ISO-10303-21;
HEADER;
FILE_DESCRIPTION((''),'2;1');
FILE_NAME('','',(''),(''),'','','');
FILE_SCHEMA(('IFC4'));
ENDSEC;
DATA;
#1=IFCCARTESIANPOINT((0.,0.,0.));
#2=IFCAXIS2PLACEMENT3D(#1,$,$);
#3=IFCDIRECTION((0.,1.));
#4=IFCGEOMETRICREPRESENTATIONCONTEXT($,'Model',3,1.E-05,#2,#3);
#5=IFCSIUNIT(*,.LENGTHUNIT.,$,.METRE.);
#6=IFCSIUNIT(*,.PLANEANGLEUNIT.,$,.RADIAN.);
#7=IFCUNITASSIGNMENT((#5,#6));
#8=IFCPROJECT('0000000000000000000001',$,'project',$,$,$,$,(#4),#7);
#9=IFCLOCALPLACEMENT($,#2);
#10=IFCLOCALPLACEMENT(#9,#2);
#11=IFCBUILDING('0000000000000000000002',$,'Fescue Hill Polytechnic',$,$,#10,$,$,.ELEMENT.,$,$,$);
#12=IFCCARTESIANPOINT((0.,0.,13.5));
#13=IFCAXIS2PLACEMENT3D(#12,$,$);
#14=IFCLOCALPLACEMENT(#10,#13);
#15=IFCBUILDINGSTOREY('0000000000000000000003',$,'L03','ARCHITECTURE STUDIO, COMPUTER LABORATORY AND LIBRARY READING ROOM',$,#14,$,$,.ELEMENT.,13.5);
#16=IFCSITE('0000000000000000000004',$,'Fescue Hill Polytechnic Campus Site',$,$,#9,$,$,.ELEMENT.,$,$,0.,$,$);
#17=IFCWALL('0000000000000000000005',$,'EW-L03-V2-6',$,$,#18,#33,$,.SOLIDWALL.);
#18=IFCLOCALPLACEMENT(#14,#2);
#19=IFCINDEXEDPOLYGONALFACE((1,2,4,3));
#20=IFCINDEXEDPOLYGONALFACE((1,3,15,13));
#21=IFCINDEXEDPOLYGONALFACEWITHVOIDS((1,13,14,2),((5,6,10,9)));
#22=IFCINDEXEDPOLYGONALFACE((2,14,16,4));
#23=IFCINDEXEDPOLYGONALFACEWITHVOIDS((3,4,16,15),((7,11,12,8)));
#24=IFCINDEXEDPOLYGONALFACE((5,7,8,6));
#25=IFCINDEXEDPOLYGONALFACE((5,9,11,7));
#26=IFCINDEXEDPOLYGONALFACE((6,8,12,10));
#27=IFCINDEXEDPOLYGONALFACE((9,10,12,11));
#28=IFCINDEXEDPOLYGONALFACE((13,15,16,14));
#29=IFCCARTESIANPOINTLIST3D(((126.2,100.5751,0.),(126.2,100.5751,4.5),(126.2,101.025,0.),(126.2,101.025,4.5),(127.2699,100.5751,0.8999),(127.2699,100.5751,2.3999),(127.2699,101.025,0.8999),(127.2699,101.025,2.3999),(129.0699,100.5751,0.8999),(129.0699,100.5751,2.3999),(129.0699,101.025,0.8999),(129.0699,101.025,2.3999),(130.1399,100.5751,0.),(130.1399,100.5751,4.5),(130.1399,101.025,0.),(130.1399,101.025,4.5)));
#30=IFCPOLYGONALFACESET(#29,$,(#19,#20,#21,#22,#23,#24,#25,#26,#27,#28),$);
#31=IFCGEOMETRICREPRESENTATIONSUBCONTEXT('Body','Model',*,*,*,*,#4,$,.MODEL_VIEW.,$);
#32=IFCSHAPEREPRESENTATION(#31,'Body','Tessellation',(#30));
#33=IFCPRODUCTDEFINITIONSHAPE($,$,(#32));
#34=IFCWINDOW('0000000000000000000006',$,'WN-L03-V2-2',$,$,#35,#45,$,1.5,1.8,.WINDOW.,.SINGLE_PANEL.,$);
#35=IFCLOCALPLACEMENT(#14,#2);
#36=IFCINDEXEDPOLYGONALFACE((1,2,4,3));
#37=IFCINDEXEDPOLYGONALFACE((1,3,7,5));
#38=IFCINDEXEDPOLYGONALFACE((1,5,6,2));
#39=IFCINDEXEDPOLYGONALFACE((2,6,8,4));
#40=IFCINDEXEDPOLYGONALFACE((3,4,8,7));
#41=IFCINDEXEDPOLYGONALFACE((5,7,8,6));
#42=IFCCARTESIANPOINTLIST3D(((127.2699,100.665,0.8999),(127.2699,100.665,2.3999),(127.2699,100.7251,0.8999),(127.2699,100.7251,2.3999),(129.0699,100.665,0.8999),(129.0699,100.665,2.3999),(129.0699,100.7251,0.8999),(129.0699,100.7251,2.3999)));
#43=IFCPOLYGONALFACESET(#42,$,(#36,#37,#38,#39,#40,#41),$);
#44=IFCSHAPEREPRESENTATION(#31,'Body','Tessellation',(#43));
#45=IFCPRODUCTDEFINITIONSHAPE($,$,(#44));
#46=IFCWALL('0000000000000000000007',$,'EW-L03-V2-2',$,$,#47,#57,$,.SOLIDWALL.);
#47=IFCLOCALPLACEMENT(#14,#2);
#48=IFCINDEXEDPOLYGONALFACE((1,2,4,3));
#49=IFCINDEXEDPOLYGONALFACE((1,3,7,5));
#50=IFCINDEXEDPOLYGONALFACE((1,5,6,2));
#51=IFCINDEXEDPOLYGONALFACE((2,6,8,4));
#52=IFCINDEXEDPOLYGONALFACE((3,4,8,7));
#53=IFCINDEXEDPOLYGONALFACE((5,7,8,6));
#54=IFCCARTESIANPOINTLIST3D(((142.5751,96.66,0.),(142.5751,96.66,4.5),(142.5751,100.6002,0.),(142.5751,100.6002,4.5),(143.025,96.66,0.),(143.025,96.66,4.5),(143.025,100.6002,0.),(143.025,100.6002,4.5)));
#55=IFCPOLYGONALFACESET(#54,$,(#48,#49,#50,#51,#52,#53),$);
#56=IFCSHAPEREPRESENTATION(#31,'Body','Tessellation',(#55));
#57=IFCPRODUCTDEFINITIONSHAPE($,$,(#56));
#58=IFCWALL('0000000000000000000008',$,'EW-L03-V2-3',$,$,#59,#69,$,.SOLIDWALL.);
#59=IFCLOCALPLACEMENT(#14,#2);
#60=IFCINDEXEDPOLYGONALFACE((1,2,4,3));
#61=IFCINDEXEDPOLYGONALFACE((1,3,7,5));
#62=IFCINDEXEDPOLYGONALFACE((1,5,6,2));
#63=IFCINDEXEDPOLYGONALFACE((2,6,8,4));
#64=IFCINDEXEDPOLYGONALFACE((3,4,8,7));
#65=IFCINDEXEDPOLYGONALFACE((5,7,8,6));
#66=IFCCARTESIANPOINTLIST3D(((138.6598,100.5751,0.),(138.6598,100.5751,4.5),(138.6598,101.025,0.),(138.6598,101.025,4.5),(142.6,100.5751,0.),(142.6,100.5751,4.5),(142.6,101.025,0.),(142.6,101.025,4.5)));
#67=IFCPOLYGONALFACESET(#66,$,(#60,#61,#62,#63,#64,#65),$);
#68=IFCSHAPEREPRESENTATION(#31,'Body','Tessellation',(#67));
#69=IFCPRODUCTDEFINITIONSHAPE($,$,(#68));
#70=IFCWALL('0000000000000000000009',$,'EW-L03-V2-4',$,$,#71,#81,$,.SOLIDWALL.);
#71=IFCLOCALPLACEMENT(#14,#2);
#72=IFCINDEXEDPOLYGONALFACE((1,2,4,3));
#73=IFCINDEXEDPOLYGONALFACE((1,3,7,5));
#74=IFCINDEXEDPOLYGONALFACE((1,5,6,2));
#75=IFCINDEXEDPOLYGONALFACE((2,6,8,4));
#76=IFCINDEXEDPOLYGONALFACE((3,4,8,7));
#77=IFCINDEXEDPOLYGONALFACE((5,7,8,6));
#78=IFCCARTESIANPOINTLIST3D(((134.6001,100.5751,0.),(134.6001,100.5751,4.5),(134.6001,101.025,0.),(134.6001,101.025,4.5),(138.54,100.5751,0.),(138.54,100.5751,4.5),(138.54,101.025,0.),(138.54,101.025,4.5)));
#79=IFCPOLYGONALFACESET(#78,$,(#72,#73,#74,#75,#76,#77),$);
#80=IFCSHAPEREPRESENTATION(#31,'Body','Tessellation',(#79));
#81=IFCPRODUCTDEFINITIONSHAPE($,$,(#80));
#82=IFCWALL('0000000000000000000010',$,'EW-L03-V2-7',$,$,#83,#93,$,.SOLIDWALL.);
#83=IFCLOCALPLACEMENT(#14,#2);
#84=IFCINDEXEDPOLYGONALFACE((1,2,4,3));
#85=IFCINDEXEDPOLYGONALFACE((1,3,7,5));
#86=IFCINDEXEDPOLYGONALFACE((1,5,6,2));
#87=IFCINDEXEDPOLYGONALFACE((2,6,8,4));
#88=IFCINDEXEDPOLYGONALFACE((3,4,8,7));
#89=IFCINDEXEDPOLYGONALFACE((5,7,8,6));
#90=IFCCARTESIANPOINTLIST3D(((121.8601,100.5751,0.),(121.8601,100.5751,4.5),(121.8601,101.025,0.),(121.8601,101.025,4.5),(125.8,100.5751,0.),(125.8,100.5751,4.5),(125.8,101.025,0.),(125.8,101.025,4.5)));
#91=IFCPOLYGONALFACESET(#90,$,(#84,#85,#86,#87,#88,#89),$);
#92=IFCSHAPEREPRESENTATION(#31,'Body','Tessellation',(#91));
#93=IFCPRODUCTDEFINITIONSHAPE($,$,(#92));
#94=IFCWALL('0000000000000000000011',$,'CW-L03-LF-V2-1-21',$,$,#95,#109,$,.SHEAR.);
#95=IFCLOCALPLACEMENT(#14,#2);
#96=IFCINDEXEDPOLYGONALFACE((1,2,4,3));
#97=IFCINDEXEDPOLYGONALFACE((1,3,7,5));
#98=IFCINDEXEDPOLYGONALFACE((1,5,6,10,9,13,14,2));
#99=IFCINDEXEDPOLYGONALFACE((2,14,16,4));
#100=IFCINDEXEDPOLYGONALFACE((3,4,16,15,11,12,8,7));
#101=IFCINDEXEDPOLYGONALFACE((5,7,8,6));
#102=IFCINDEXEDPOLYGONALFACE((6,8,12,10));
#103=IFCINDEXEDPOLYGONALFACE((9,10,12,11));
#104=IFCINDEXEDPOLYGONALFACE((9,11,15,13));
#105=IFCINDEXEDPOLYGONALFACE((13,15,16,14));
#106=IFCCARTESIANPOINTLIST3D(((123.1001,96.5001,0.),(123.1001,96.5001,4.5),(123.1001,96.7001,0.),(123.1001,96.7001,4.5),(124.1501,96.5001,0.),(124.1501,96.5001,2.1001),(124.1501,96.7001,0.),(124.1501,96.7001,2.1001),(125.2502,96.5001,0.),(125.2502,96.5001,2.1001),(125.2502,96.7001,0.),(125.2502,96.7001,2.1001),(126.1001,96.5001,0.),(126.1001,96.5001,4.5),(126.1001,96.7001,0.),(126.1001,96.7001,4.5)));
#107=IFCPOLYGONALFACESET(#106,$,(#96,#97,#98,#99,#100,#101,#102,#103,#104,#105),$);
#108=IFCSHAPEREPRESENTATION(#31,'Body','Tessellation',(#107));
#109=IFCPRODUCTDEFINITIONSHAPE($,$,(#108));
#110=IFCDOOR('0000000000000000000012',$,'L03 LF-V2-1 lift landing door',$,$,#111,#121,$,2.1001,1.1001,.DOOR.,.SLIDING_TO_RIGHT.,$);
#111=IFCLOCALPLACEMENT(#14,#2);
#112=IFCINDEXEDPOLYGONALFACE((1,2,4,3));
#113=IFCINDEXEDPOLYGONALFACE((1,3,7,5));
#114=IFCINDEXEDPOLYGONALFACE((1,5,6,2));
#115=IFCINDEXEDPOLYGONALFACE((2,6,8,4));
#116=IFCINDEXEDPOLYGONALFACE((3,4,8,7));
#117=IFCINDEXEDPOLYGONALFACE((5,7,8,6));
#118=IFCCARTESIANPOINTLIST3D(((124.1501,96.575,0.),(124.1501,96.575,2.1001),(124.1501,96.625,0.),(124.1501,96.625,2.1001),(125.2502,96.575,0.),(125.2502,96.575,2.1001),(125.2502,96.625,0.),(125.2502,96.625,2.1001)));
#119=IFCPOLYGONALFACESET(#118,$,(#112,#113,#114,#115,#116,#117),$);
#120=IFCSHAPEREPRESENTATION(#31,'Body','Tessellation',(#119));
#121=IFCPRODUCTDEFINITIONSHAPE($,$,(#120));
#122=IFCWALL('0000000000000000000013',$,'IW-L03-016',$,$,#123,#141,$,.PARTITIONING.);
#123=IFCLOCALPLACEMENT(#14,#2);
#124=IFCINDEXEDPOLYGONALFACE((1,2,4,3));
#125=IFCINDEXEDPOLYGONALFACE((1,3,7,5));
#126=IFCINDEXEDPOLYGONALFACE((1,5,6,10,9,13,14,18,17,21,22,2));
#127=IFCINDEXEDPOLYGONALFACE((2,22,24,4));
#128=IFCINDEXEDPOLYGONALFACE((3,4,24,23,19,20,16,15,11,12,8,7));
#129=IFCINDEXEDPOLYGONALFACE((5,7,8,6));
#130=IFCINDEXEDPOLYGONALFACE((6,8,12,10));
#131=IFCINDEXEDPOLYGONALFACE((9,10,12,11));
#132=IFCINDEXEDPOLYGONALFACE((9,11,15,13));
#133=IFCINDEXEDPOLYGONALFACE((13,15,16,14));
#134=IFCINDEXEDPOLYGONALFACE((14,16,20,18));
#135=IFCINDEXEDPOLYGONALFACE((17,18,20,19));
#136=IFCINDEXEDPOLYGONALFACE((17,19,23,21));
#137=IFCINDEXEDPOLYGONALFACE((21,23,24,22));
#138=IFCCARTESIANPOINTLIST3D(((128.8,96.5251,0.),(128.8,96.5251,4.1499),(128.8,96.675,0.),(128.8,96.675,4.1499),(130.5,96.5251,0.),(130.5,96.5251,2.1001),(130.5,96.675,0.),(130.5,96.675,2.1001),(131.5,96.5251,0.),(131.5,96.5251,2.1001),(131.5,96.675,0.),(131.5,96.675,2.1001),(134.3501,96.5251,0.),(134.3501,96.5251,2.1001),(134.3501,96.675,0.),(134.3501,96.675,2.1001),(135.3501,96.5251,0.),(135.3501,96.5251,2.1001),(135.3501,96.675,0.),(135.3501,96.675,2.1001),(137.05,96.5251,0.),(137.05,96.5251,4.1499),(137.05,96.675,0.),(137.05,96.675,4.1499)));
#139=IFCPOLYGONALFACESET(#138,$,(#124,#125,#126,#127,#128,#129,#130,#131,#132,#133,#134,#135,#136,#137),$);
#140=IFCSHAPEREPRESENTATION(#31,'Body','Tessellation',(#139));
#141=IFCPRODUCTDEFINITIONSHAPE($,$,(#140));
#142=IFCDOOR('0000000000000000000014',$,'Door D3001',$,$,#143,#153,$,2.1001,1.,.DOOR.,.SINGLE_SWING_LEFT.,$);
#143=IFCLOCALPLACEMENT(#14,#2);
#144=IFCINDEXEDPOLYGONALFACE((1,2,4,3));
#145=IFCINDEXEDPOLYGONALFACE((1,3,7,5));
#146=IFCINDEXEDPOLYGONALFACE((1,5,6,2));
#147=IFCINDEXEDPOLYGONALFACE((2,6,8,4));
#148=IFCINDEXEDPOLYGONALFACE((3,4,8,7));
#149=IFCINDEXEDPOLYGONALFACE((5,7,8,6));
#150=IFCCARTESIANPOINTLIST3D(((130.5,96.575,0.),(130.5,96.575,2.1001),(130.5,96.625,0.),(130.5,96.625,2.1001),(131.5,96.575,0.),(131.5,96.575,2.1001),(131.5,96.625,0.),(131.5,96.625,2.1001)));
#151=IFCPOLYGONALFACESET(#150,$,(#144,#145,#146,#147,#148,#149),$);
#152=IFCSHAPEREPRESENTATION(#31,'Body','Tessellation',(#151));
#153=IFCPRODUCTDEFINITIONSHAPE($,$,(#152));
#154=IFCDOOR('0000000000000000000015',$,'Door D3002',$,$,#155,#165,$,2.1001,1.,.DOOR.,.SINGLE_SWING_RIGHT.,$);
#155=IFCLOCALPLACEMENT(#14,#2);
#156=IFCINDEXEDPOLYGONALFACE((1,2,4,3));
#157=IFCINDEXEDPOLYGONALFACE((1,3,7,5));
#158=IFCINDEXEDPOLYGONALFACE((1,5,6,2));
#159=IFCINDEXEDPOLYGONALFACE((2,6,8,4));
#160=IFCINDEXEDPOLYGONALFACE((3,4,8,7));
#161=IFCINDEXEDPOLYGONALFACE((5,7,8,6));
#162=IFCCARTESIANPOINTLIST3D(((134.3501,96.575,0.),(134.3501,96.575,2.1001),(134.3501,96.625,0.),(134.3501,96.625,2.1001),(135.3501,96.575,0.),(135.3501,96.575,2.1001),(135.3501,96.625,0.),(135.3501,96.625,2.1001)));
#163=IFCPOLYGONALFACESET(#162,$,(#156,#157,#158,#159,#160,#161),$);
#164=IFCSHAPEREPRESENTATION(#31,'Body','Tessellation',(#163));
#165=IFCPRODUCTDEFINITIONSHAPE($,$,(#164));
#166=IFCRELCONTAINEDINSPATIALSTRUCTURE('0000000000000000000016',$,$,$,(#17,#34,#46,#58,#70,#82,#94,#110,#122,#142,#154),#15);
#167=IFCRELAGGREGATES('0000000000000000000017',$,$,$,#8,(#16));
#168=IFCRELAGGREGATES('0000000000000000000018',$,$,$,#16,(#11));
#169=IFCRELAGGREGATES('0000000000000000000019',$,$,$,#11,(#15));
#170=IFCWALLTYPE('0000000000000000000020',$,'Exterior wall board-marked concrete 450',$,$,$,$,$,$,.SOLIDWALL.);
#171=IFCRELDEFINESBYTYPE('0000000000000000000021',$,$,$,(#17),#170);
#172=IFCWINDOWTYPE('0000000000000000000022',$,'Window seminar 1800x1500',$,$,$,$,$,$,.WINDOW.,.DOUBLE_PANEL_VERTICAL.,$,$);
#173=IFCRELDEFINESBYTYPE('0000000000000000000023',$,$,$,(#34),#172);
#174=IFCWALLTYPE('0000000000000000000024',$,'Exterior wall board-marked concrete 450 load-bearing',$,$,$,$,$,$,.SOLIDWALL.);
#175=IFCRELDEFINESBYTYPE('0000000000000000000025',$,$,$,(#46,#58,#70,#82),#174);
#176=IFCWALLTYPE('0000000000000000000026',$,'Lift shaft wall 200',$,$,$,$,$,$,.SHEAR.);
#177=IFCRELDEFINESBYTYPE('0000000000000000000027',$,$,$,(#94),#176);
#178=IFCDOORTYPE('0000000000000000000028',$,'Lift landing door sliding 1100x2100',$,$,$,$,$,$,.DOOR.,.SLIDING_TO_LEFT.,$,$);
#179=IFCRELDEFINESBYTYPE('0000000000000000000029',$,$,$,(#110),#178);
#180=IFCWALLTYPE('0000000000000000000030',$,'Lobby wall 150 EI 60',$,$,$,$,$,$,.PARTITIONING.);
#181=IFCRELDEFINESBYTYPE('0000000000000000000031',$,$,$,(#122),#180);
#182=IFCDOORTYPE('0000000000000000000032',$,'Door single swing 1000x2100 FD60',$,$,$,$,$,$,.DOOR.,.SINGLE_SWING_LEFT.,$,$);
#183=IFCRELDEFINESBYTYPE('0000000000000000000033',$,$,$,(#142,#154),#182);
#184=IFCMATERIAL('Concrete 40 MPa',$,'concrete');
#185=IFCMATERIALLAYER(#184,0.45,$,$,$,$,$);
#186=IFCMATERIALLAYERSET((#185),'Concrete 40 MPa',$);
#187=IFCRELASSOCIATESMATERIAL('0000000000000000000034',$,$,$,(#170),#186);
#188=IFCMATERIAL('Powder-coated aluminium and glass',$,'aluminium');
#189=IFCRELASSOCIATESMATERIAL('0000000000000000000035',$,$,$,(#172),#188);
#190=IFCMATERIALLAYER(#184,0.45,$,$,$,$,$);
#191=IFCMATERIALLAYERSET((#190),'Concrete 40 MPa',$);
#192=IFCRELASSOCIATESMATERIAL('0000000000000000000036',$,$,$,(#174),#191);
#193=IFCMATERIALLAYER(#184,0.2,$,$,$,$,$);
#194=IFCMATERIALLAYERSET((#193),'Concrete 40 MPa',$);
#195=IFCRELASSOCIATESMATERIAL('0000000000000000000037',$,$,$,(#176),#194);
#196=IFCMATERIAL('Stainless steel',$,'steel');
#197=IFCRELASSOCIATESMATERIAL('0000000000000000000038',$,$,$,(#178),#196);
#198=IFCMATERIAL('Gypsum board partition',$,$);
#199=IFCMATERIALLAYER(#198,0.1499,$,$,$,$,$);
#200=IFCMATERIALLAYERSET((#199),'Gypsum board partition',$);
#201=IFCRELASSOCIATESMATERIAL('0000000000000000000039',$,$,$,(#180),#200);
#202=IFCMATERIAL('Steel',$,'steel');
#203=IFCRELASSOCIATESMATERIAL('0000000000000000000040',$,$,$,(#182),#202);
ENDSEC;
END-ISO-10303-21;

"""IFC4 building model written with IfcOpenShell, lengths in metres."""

from ifc_helpers import new_model, si_unit, direction, frame, frame_2d, origin, place, context, subcontext, project, spatial, rectangle, extrude, material, layer, layer_set, type_object, element, fill, save


model = new_model("IFC4")

# Units and contexts
model_context = context("Model", 3, precision=1e-05, world=origin(), true_north=direction((0.0, 1.0)))
body_context = subcontext(model_context, "Body", "Model", "MODEL_VIEW")
ifc_project = project(units=[si_unit("LENGTHUNIT", "METRE"), si_unit("PLANEANGLEUNIT", "RADIAN")], contexts=[model_context])

# Site, building, storey
site_placement = place(None, origin())
site = spatial("IfcSite", under=ifc_project, at=site_placement, Name="Fescue Hill Polytechnic Campus Site", CompositionType="ELEMENT", RefElevation=0.0)
building_placement = place(site_placement, origin())
building = spatial("IfcBuilding", under=site, at=building_placement, Name="Fescue Hill Polytechnic", CompositionType="ELEMENT")
storey_placement = place(building_placement, frame((0.0, 0.0, 13.5)))
storey = spatial("IfcBuildingStorey", under=building, at=storey_placement, Name="L03", Description="ARCHITECTURE STUDIO, COMPUTER LABORATORY AND LIBRARY READING ROOM", CompositionType="ELEMENT", Elevation=13.5)

# Shared definitions
ifc_material_1 = material(Name="Concrete 40 MPa", Category="concrete")

# Wall, opening, window
ifc_layer_1 = layer(ifc_material_1, 0.45)
ifc_layer_set_1 = layer_set([ifc_layer_1], Name="Concrete 40 MPa")
wall_type_1 = type_object("IfcWallType", Name="Exterior wall board-marked concrete 450", PredefinedType="SOLIDWALL", material=ifc_layer_set_1)
ifc_material_2 = material(Name="Powder-coated aluminium and glass", Category="aluminium")
window_type = type_object("IfcWindowType", Name="Window seminar 1800x1500", PartitioningType="DOUBLE_PANEL_VERTICAL", PredefinedType="WINDOW", material=ifc_material_2)
wall_1_placement = place(storey_placement, frame((130.1399, 100.8, 0.0), z_axis=(0.0, 0.0, 1.0), x_axis=(-1.0, 0.0, 0.0)))
wall_1 = element("IfcWall", 1, at=wall_1_placement, inside=storey, type_object=wall_type_1, Name="EW-L03-V2-6", PredefinedType="SOLIDWALL", context=body_context, shape_type="SweptSolid", body=[
    extrude(rectangle(XDim=3.9399, YDim=0.45, at=frame_2d((1.97, 0.0))), origin(), (0.0, 0.0, 1.0), 4.5),
])
opening_1_placement = place(wall_1_placement, frame((1.0701, 0.0, 0.8999)))
opening_1 = element("IfcOpeningElement", 2, at=opening_1_placement, cuts=wall_1, PredefinedType="OPENING", context=body_context, shape_type="SweptSolid", body=[
    extrude(rectangle(XDim=1.8, YDim=1.5, at=frame_2d((0.8999, 0.75))), frame((0.0, 0.2349, 0.0), z_axis=(0.0, -1.0, 0.0), x_axis=(1.0, 0.0, 0.0)), (0.0, 0.0, 1.0), 0.47),
])
window_1_placement = place(opening_1_placement, origin())
window_1 = element("IfcWindow", 3, at=window_1_placement, inside=storey, type_object=window_type, Name="WN-L03-V2-2", OverallHeight=1.5, OverallWidth=1.8, PartitioningType="SINGLE_PANEL", PredefinedType="WINDOW", context=body_context, shape_type="SweptSolid", body=[
    extrude(rectangle(XDim=1.8, YDim=1.5, at=frame_2d((0.8999, 0.75))), frame((0.0, 0.135, 0.0), z_axis=(0.0, -1.0, 0.0), x_axis=(1.0, 0.0, 0.0)), (0.0, 0.0, 1.0), 0.0601),
])
fill(opening_1, window_1)

# Walls
ifc_layer_2 = layer(ifc_material_1, 0.45)
ifc_layer_set_2 = layer_set([ifc_layer_2], Name="Concrete 40 MPa")
wall_type_2 = type_object("IfcWallType", Name="Exterior wall board-marked concrete 450 load-bearing", PredefinedType="SOLIDWALL", material=ifc_layer_set_2)
for number, where, z_axis, x_axis, name in (
    (4, (142.8, 96.6599, 0.0), (0.0, 0.0, 1.0), (0.0, 1.0, 0.0), "EW-L03-V2-2"),
    (5, (142.6001, 100.8, 0.0), (0.0, 0.0, 1.0), (-1.0, 0.0, 0.0), "EW-L03-V2-3"),
):
    element("IfcWall", number, at=place(storey_placement, frame(where, z_axis=z_axis, x_axis=x_axis)), inside=storey, type_object=wall_type_2, Name=name, PredefinedType="SOLIDWALL", context=body_context, shape_type="SweptSolid", body=[
        extrude(rectangle(XDim=3.9402, YDim=0.45, at=frame_2d((1.9702, 0.0))), origin(), (0.0, 0.0, 1.0), 4.5),
    ])
for number, where, z_axis, x_axis, name in (
    (6, (138.54, 100.8, 0.0), (0.0, 0.0, 1.0), (-1.0, 0.0, 0.0), "EW-L03-V2-4"),
    (7, (125.8, 100.8, 0.0), (0.0, 0.0, 1.0), (-1.0, 0.0, 0.0), "EW-L03-V2-7"),
):
    element("IfcWall", number, at=place(storey_placement, frame(where, z_axis=z_axis, x_axis=x_axis)), inside=storey, type_object=wall_type_2, Name=name, PredefinedType="SOLIDWALL", context=body_context, shape_type="SweptSolid", body=[
        extrude(rectangle(XDim=3.9399, YDim=0.45, at=frame_2d((1.97, 0.0))), origin(), (0.0, 0.0, 1.0), 4.5),
    ])

# Wall, opening, door
ifc_layer_3 = layer(ifc_material_1, 0.2)
ifc_layer_set_3 = layer_set([ifc_layer_3], Name="Concrete 40 MPa")
wall_type_3 = type_object("IfcWallType", Name="Lift shaft wall 200", PredefinedType="SHEAR", material=ifc_layer_set_3)
wall_2_placement = place(storey_placement, frame((123.1001, 96.6001, 0.0), z_axis=(0.0, 0.0, 1.0), x_axis=(1.0, 0.0, 0.0)))
wall_2 = element("IfcWall", 8, at=wall_2_placement, inside=storey, type_object=wall_type_3, Name="CW-L03-LF-V2-1-21", PredefinedType="SHEAR", context=body_context, shape_type="SweptSolid", body=[
    extrude(rectangle(XDim=3.0, YDim=0.2, at=frame_2d((1.5, 0.0))), origin(), (0.0, 0.0, 1.0), 4.5),
])
opening_2_placement = place(wall_2_placement, frame((1.05, 0.0, 0.0)))
opening_2 = element("IfcOpeningElement", 9, at=opening_2_placement, cuts=wall_2, PredefinedType="OPENING", context=body_context, shape_type="SweptSolid", body=[
    extrude(rectangle(XDim=1.1001, YDim=2.1001, at=frame_2d((0.55, 1.05))), frame((0.0, 0.1099, 0.0), z_axis=(0.0, -1.0, 0.0), x_axis=(1.0, 0.0, 0.0)), (0.0, 0.0, 1.0), 0.22),
])
ifc_material_3 = material(Name="Stainless steel", Category="steel")
door_type_1 = type_object("IfcDoorType", Name="Lift landing door sliding 1100x2100", OperationType="SLIDING_TO_LEFT", PredefinedType="DOOR", material=ifc_material_3)
door_1_placement = place(opening_2_placement, origin())
door_1 = element("IfcDoor", 10, at=door_1_placement, inside=storey, type_object=door_type_1, Name="L03 LF-V2-1 lift landing door", OperationType="SLIDING_TO_RIGHT", OverallHeight=2.1001, OverallWidth=1.1001, PredefinedType="DOOR", context=body_context, shape_type="SweptSolid", body=[
    extrude(rectangle(XDim=1.1001, YDim=2.1001, at=frame_2d((0.55, 1.05))), frame((0.0, 0.0249, 0.0), z_axis=(0.0, -1.0, 0.0), x_axis=(1.0, 0.0, 0.0)), (0.0, 0.0, 1.0), 0.05),
])
fill(opening_2, door_1)

# Wall, openings, doors
ifc_material_4 = material(Name="Gypsum board partition")
ifc_layer_4 = layer(ifc_material_4, 0.1499)
ifc_layer_set_4 = layer_set([ifc_layer_4], Name="Gypsum board partition")
wall_type_4 = type_object("IfcWallType", Name="Lobby wall 150 EI 60", PredefinedType="PARTITIONING", material=ifc_layer_set_4)
wall_3_placement = place(storey_placement, frame((128.8, 96.6001, 0.0), z_axis=(0.0, 0.0, 1.0), x_axis=(1.0, 0.0, 0.0)))
wall_3 = element("IfcWall", 11, at=wall_3_placement, inside=storey, type_object=wall_type_4, Name="IW-L03-016", PredefinedType="PARTITIONING", context=body_context, shape_type="SweptSolid", body=[
    extrude(rectangle(XDim=8.25, YDim=0.1499, at=frame_2d((4.125, 0.0))), origin(), (0.0, 0.0, 1.0), 4.1499),
])
opening_3_placement = place(wall_3_placement, frame((1.7, 0.0, 0.0)))
opening_3 = element("IfcOpeningElement", 12, at=opening_3_placement, cuts=wall_3, PredefinedType="OPENING", context=body_context, shape_type="SweptSolid", body=[
    extrude(rectangle(XDim=1.0, YDim=2.1001, at=frame_2d((0.5, 1.05))), frame((0.0, 0.085, 0.0), z_axis=(0.0, -1.0, 0.0), x_axis=(1.0, 0.0, 0.0)), (0.0, 0.0, 1.0), 0.1699),
])
opening_4_placement = place(wall_3_placement, frame((5.55, 0.0, 0.0)))
opening_4 = element("IfcOpeningElement", 13, at=opening_4_placement, cuts=wall_3, PredefinedType="OPENING", context=body_context, shape_type="SweptSolid", body=[
    extrude(rectangle(XDim=1.0, YDim=2.1001, at=frame_2d((0.5, 1.05))), frame((0.0, 0.085, 0.0), z_axis=(0.0, -1.0, 0.0), x_axis=(1.0, 0.0, 0.0)), (0.0, 0.0, 1.0), 0.1699),
])
ifc_material_5 = material(Name="Steel", Category="steel")
door_type_2 = type_object("IfcDoorType", Name="Door single swing 1000x2100 FD60", OperationType="SINGLE_SWING_LEFT", PredefinedType="DOOR", material=ifc_material_5)
door_2_placement = place(opening_3_placement, origin())
door_2 = element("IfcDoor", 14, at=door_2_placement, inside=storey, type_object=door_type_2, Name="Door D3001", OperationType="SINGLE_SWING_LEFT", OverallHeight=2.1001, OverallWidth=1.0, PredefinedType="DOOR", context=body_context, shape_type="SweptSolid", body=[
    extrude(rectangle(XDim=1.0, YDim=2.1001, at=frame_2d((0.5, 1.05))), frame((0.0, 0.0249, 0.0), z_axis=(0.0, -1.0, 0.0), x_axis=(1.0, 0.0, 0.0)), (0.0, 0.0, 1.0), 0.05),
])
fill(opening_3, door_2)
door_3_placement = place(opening_4_placement, origin())
door_3 = element("IfcDoor", 15, at=door_3_placement, inside=storey, type_object=door_type_2, Name="Door D3002", OperationType="SINGLE_SWING_RIGHT", OverallHeight=2.1001, OverallWidth=1.0, PredefinedType="DOOR", context=body_context, shape_type="SweptSolid", body=[
    extrude(rectangle(XDim=1.0, YDim=2.1001, at=frame_2d((0.5, 1.05))), frame((0.0, 0.0249, 0.0), z_axis=(0.0, -1.0, 0.0), x_axis=(1.0, 0.0, 0.0)), (0.0, 0.0, 1.0), 0.05),
])
fill(opening_4, door_3)

save(model, "model.ifc")
